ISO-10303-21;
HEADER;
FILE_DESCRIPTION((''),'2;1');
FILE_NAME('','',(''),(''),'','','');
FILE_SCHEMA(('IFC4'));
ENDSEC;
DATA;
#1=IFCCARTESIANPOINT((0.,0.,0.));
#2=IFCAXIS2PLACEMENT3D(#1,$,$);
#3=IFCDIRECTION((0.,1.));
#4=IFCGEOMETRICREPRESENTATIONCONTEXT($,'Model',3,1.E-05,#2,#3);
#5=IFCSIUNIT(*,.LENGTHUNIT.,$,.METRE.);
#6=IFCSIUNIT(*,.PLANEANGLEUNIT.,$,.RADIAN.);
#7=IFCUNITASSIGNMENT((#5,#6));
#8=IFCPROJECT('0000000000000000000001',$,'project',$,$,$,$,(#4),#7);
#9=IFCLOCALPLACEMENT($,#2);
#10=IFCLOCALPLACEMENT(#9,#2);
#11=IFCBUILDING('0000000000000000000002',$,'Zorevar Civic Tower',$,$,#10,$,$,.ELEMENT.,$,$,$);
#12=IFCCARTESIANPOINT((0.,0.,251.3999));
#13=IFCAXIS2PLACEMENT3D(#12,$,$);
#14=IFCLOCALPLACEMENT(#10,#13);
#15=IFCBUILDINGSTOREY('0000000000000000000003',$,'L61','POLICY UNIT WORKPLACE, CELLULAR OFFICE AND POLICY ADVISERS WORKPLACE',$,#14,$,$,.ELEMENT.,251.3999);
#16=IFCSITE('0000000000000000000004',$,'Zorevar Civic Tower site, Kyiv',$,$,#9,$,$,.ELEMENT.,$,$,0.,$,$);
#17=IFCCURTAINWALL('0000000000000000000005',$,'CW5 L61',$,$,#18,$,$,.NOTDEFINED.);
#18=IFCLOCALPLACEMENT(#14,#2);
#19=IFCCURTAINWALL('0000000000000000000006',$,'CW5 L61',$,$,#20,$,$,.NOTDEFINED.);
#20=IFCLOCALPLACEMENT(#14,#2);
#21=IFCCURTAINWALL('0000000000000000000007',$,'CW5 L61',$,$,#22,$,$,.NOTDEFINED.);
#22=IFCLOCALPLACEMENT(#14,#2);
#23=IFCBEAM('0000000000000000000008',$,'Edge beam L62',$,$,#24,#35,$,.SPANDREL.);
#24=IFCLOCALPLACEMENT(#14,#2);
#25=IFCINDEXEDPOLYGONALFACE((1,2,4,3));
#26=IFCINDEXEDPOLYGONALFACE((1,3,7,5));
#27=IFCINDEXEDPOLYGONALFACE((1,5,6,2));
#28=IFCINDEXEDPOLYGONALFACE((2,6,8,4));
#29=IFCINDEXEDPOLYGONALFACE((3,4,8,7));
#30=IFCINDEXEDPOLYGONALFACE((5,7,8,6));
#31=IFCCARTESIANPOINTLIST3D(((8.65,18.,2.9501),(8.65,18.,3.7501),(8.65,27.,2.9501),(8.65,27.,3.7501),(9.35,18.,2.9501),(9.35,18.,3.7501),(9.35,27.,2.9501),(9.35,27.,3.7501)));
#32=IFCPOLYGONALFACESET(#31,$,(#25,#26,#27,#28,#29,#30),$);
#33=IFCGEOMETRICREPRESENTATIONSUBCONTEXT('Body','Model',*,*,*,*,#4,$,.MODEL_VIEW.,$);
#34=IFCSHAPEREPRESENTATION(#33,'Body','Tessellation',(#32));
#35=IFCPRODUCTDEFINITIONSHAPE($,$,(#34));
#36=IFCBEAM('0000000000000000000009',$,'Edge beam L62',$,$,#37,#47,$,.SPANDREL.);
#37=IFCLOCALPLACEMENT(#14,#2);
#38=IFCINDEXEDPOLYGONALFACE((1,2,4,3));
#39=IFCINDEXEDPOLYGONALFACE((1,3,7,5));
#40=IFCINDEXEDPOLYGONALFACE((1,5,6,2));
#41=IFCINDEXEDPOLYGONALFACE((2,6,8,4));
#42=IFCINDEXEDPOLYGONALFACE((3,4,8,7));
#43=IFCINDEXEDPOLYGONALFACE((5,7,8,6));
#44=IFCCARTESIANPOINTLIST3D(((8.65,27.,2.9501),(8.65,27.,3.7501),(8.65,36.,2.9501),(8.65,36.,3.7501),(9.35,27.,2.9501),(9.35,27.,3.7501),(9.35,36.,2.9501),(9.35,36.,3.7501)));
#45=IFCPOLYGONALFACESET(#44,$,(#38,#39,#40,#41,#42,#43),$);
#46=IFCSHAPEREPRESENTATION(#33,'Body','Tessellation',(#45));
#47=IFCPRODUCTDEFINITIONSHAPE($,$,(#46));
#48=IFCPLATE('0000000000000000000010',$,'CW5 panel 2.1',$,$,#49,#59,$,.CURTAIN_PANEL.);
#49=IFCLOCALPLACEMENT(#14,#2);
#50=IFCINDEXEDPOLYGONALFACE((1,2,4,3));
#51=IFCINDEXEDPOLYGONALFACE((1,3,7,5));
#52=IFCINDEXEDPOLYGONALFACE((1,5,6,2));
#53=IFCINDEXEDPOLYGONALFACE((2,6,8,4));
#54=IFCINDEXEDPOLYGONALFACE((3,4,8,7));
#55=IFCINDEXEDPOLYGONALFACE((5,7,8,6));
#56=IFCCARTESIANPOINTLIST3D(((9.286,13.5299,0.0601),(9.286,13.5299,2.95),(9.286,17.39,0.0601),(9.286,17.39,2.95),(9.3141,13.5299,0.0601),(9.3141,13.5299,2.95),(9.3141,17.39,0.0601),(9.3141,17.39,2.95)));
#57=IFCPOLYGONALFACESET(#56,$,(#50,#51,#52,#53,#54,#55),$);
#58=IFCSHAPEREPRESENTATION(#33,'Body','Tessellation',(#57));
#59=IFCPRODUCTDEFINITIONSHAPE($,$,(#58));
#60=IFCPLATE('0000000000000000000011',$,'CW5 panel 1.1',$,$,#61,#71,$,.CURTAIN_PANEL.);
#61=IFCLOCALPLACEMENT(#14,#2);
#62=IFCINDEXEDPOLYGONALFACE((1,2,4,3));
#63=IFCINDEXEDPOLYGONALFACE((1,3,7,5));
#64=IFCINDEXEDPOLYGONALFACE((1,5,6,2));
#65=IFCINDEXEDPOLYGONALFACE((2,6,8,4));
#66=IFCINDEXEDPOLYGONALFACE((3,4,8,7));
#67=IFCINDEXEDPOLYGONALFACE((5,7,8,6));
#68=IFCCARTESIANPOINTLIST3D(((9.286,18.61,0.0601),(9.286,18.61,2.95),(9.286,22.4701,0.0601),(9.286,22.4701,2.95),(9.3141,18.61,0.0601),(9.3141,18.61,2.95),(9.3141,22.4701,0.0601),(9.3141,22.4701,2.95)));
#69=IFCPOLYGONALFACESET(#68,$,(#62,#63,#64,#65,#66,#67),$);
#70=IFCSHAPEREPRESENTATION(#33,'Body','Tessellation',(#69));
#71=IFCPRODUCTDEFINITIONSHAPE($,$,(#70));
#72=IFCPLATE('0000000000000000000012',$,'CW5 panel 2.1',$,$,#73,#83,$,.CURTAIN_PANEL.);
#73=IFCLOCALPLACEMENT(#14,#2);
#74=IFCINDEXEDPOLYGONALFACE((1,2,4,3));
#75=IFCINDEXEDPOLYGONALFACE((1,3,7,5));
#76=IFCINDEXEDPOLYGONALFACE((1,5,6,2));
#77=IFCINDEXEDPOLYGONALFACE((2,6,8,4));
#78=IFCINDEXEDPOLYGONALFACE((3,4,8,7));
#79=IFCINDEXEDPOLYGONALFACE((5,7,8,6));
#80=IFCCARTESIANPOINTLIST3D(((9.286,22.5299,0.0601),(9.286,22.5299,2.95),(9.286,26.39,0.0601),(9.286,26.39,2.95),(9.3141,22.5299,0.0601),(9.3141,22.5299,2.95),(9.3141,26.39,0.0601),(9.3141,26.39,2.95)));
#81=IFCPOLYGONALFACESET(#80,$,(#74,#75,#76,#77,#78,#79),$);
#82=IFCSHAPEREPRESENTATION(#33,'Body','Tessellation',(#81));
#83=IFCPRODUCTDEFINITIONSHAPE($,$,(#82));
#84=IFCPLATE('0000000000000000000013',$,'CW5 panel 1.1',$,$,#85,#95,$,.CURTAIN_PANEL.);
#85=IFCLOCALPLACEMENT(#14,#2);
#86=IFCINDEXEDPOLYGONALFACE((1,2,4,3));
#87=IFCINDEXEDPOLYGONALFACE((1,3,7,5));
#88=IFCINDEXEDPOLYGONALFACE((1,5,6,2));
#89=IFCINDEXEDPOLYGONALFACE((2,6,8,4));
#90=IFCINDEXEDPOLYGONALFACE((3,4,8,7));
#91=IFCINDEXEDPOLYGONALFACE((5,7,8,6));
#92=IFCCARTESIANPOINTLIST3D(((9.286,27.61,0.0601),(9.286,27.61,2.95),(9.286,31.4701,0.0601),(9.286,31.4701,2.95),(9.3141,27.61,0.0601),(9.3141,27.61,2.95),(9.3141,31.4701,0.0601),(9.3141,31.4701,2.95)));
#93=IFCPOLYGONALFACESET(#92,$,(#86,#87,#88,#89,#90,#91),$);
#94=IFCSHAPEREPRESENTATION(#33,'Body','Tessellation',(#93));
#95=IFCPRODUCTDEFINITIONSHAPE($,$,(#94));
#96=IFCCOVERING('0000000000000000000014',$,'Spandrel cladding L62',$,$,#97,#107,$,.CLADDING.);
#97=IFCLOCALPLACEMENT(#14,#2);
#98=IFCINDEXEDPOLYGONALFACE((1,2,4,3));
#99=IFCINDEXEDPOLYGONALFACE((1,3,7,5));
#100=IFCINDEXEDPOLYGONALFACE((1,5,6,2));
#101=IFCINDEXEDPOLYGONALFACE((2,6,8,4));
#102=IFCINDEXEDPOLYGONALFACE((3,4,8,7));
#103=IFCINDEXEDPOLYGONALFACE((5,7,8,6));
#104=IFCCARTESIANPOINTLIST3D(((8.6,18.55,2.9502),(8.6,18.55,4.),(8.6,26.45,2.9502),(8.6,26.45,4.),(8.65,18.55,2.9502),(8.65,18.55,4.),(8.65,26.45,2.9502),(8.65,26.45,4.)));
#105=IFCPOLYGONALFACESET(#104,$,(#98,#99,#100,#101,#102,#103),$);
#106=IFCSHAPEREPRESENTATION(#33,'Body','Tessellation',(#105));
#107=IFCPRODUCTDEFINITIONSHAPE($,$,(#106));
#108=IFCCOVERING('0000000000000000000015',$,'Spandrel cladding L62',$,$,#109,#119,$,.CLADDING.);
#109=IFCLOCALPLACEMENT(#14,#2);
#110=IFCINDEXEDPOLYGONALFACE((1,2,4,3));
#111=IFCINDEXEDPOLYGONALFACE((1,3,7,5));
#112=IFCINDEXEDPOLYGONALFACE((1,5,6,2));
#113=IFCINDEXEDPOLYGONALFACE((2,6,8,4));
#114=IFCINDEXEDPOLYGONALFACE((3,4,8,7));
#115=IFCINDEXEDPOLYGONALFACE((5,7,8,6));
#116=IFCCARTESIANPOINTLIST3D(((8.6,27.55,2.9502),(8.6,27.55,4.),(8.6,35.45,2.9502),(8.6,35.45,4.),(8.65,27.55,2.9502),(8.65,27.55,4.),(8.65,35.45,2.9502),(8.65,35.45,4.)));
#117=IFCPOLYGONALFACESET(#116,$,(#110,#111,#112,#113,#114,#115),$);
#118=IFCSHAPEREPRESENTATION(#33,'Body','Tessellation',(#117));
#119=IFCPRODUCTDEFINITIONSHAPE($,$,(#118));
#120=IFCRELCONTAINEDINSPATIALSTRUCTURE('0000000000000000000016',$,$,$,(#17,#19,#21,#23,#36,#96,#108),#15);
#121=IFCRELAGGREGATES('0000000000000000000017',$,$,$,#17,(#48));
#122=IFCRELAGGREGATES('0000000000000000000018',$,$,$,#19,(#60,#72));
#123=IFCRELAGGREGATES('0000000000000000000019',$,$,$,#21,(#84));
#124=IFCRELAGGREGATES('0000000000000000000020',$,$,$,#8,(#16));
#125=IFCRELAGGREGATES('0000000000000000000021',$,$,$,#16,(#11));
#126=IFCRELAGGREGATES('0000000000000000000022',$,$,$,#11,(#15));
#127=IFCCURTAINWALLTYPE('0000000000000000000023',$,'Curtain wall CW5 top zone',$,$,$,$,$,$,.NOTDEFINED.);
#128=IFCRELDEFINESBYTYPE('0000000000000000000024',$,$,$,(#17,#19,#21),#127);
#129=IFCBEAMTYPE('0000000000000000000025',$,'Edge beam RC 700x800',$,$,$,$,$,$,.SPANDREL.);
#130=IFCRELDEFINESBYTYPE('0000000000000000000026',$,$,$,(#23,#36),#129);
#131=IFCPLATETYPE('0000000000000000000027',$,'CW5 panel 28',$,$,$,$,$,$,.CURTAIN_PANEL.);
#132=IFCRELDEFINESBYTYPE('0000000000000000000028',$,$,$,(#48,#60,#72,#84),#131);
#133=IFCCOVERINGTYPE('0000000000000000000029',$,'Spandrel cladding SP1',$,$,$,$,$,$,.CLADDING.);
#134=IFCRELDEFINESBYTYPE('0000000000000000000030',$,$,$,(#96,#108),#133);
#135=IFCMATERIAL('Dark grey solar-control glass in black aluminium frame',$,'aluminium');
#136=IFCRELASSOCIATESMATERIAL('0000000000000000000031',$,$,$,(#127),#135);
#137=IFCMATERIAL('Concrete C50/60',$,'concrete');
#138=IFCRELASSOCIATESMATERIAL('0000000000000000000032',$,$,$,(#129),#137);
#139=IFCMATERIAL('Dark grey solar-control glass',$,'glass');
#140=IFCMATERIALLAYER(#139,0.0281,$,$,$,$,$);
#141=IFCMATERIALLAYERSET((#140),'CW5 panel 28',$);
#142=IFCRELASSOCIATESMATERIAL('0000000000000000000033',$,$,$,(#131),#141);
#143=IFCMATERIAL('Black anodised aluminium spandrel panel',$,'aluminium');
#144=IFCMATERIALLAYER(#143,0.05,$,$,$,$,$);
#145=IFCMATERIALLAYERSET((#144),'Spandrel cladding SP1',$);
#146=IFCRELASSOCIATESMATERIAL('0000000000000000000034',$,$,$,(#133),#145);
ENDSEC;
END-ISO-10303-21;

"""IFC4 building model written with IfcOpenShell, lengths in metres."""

from ifc_helpers import new_model, si_unit, direction, frame, frame_2d, origin, origin_2d, place, context, subcontext, project, spatial, rectangle, extrude, material, layer, layer_set, material_profile, profile_set, type_object, element, aggregate, save


model = new_model("IFC4")

# Units and contexts
model_context = context("Model", 3, precision=1e-05, world=origin(), true_north=direction((0.0, 1.0)))
body_context = subcontext(model_context, "Body", "Model", "MODEL_VIEW")
ifc_project = project(units=[si_unit("LENGTHUNIT", "METRE"), si_unit("PLANEANGLEUNIT", "RADIAN")], contexts=[model_context])

# Site, building, storey
site_placement = place(None, origin())
site = spatial("IfcSite", under=ifc_project, at=site_placement, Name="Zorevar Civic Tower site, Kyiv", CompositionType="ELEMENT", RefElevation=0.0)
building_placement = place(site_placement, origin())
building = spatial("IfcBuilding", under=site, at=building_placement, Name="Zorevar Civic Tower", CompositionType="ELEMENT")
storey_placement = place(building_placement, frame((0.0, 0.0, 251.3999)))
storey = spatial("IfcBuildingStorey", under=building, at=storey_placement, Name="L61", Description="POLICY UNIT WORKPLACE, CELLULAR OFFICE AND POLICY ADVISERS WORKPLACE", CompositionType="ELEMENT", Elevation=251.3999)

# Curtain walls
ifc_material_1 = material(Name="Dark grey solar-control glass in black aluminium frame", Category="aluminium")
curtain_wall_type = type_object("IfcCurtainWallType", Name="Curtain wall CW5 top zone", PredefinedType="NOTDEFINED", material=ifc_material_1)
curtain_wall_1_placement = place(storey_placement, origin())
curtain_wall_1 = element("IfcCurtainWall", 1, at=curtain_wall_1_placement, inside=storey, type_object=curtain_wall_type, Name="CW5 L61", PredefinedType="NOTDEFINED")
curtain_wall_2_placement = place(storey_placement, origin())
curtain_wall_2 = element("IfcCurtainWall", 2, at=curtain_wall_2_placement, inside=storey, type_object=curtain_wall_type, Name="CW5 L61", PredefinedType="NOTDEFINED")

# Curtain wall
curtain_wall_3_placement = place(storey_placement, origin())
curtain_wall_3 = element("IfcCurtainWall", 3, at=curtain_wall_3_placement, inside=storey, type_object=curtain_wall_type, Name="CW5 L61", PredefinedType="NOTDEFINED")

# Beams
ifc_material_2 = material(Name="Concrete C50/60", Category="concrete")
ifc_material_profile_1 = material_profile(ifc_material_2, rectangle(XDim=0.7, YDim=0.8, at=origin_2d()), Name="RC 700x800")
ifc_profile_set_1 = profile_set([ifc_material_profile_1], Name="Concrete C50/60")
beam_type_1 = type_object("IfcBeamType", Name="Edge beam RC 700x800", PredefinedType="SPANDREL", material=ifc_profile_set_1)
for number, where, z_axis, x_axis, name in (
    (4, (9.0, 18.0, 3.3501), (0.0, 1.0, 0.0), (-1.0, 0.0, 0.0), "Edge beam L62"),
    (5, (9.0, 27.0, 3.3501), (0.0, 1.0, 0.0), (-1.0, 0.0, 0.0), "Edge beam L62"),
):
    element("IfcBeam", number, at=place(storey_placement, frame(where, z_axis=z_axis, x_axis=x_axis)), inside=storey, type_object=beam_type_1, Name=name, PredefinedType="SPANDREL", context=body_context, shape_type="SweptSolid", body=[
        extrude(rectangle(XDim=0.7, YDim=0.8, at=origin_2d()), origin(), (0.0, 0.0, 1.0), 9.0),
    ])

# Plates
ifc_material_3 = material(Name="Dark grey solar-control glass", Category="glass")
ifc_layer_1 = layer(ifc_material_3, 0.0281)
ifc_layer_set_1 = layer_set([ifc_layer_1], Name="CW5 panel 28")
plate_type = type_object("IfcPlateType", Name="CW5 panel 28", PredefinedType="CURTAIN_PANEL", material=ifc_layer_set_1)
plate_1_placement = place(storey_placement, frame((9.3, 15.46, 0.0601), z_axis=(0.0, 0.0, 1.0), x_axis=(0.0, 1.0, 0.0)))
plate_1 = element("IfcPlate", 6, at=plate_1_placement, type_object=plate_type, Name="CW5 panel 2.1", PredefinedType="CURTAIN_PANEL", context=body_context, shape_type="SweptSolid", body=[
    extrude(rectangle(XDim=3.8601, YDim=0.0281, at=origin_2d()), origin(), (0.0, 0.0, 1.0), 2.8899),
])
aggregate(curtain_wall_1, [plate_1])
plate_2_placement = place(storey_placement, frame((9.3, 20.54, 0.0601), z_axis=(0.0, 0.0, 1.0), x_axis=(0.0, 1.0, 0.0)))
plate_2 = element("IfcPlate", 7, at=plate_2_placement, type_object=plate_type, Name="CW5 panel 1.1", PredefinedType="CURTAIN_PANEL", context=body_context, shape_type="SweptSolid", body=[
    extrude(rectangle(XDim=3.8601, YDim=0.0281, at=origin_2d()), origin(), (0.0, 0.0, 1.0), 2.8899),
])
plate_3_placement = place(storey_placement, frame((9.3, 24.46, 0.0601), z_axis=(0.0, 0.0, 1.0), x_axis=(0.0, 1.0, 0.0)))
plate_3 = element("IfcPlate", 8, at=plate_3_placement, type_object=plate_type, Name="CW5 panel 2.1", PredefinedType="CURTAIN_PANEL", context=body_context, shape_type="SweptSolid", body=[
    extrude(rectangle(XDim=3.8601, YDim=0.0281, at=origin_2d()), origin(), (0.0, 0.0, 1.0), 2.8899),
])
aggregate(curtain_wall_2, [plate_2, plate_3])
plate_4_placement = place(storey_placement, frame((9.3, 29.54, 0.0601), z_axis=(0.0, 0.0, 1.0), x_axis=(0.0, 1.0, 0.0)))
plate_4 = element("IfcPlate", 9, at=plate_4_placement, type_object=plate_type, Name="CW5 panel 1.1", PredefinedType="CURTAIN_PANEL", context=body_context, shape_type="SweptSolid", body=[
    extrude(rectangle(XDim=3.8601, YDim=0.0281, at=origin_2d()), origin(), (0.0, 0.0, 1.0), 2.8899),
])
aggregate(curtain_wall_3, [plate_4])

# Coverings
ifc_material_4 = material(Name="Black anodised aluminium spandrel panel", Category="aluminium")
ifc_layer_2 = layer(ifc_material_4, 0.05)
ifc_layer_set_2 = layer_set([ifc_layer_2], Name="Spandrel cladding SP1")
covering_type = type_object("IfcCoveringType", Name="Spandrel cladding SP1", PredefinedType="CLADDING", material=ifc_layer_set_2)
for number, where, z_axis, x_axis, name in (
    (10, (8.625, 18.55, 2.9502), (0.0, 0.0, 1.0), (0.0, 1.0, 0.0), "Spandrel cladding L62"),
    (11, (8.625, 27.55, 2.9502), (0.0, 0.0, 1.0), (0.0, 1.0, 0.0), "Spandrel cladding L62"),
):
    element("IfcCovering", number, at=place(storey_placement, frame(where, z_axis=z_axis, x_axis=x_axis)), inside=storey, type_object=covering_type, Name=name, PredefinedType="CLADDING", context=body_context, shape_type="SweptSolid", body=[
        extrude(rectangle(XDim=7.8999, YDim=0.05, at=frame_2d((3.95, 0.0))), origin(), (0.0, 0.0, 1.0), 1.0498),
    ])

save(model, "model.ifc")
